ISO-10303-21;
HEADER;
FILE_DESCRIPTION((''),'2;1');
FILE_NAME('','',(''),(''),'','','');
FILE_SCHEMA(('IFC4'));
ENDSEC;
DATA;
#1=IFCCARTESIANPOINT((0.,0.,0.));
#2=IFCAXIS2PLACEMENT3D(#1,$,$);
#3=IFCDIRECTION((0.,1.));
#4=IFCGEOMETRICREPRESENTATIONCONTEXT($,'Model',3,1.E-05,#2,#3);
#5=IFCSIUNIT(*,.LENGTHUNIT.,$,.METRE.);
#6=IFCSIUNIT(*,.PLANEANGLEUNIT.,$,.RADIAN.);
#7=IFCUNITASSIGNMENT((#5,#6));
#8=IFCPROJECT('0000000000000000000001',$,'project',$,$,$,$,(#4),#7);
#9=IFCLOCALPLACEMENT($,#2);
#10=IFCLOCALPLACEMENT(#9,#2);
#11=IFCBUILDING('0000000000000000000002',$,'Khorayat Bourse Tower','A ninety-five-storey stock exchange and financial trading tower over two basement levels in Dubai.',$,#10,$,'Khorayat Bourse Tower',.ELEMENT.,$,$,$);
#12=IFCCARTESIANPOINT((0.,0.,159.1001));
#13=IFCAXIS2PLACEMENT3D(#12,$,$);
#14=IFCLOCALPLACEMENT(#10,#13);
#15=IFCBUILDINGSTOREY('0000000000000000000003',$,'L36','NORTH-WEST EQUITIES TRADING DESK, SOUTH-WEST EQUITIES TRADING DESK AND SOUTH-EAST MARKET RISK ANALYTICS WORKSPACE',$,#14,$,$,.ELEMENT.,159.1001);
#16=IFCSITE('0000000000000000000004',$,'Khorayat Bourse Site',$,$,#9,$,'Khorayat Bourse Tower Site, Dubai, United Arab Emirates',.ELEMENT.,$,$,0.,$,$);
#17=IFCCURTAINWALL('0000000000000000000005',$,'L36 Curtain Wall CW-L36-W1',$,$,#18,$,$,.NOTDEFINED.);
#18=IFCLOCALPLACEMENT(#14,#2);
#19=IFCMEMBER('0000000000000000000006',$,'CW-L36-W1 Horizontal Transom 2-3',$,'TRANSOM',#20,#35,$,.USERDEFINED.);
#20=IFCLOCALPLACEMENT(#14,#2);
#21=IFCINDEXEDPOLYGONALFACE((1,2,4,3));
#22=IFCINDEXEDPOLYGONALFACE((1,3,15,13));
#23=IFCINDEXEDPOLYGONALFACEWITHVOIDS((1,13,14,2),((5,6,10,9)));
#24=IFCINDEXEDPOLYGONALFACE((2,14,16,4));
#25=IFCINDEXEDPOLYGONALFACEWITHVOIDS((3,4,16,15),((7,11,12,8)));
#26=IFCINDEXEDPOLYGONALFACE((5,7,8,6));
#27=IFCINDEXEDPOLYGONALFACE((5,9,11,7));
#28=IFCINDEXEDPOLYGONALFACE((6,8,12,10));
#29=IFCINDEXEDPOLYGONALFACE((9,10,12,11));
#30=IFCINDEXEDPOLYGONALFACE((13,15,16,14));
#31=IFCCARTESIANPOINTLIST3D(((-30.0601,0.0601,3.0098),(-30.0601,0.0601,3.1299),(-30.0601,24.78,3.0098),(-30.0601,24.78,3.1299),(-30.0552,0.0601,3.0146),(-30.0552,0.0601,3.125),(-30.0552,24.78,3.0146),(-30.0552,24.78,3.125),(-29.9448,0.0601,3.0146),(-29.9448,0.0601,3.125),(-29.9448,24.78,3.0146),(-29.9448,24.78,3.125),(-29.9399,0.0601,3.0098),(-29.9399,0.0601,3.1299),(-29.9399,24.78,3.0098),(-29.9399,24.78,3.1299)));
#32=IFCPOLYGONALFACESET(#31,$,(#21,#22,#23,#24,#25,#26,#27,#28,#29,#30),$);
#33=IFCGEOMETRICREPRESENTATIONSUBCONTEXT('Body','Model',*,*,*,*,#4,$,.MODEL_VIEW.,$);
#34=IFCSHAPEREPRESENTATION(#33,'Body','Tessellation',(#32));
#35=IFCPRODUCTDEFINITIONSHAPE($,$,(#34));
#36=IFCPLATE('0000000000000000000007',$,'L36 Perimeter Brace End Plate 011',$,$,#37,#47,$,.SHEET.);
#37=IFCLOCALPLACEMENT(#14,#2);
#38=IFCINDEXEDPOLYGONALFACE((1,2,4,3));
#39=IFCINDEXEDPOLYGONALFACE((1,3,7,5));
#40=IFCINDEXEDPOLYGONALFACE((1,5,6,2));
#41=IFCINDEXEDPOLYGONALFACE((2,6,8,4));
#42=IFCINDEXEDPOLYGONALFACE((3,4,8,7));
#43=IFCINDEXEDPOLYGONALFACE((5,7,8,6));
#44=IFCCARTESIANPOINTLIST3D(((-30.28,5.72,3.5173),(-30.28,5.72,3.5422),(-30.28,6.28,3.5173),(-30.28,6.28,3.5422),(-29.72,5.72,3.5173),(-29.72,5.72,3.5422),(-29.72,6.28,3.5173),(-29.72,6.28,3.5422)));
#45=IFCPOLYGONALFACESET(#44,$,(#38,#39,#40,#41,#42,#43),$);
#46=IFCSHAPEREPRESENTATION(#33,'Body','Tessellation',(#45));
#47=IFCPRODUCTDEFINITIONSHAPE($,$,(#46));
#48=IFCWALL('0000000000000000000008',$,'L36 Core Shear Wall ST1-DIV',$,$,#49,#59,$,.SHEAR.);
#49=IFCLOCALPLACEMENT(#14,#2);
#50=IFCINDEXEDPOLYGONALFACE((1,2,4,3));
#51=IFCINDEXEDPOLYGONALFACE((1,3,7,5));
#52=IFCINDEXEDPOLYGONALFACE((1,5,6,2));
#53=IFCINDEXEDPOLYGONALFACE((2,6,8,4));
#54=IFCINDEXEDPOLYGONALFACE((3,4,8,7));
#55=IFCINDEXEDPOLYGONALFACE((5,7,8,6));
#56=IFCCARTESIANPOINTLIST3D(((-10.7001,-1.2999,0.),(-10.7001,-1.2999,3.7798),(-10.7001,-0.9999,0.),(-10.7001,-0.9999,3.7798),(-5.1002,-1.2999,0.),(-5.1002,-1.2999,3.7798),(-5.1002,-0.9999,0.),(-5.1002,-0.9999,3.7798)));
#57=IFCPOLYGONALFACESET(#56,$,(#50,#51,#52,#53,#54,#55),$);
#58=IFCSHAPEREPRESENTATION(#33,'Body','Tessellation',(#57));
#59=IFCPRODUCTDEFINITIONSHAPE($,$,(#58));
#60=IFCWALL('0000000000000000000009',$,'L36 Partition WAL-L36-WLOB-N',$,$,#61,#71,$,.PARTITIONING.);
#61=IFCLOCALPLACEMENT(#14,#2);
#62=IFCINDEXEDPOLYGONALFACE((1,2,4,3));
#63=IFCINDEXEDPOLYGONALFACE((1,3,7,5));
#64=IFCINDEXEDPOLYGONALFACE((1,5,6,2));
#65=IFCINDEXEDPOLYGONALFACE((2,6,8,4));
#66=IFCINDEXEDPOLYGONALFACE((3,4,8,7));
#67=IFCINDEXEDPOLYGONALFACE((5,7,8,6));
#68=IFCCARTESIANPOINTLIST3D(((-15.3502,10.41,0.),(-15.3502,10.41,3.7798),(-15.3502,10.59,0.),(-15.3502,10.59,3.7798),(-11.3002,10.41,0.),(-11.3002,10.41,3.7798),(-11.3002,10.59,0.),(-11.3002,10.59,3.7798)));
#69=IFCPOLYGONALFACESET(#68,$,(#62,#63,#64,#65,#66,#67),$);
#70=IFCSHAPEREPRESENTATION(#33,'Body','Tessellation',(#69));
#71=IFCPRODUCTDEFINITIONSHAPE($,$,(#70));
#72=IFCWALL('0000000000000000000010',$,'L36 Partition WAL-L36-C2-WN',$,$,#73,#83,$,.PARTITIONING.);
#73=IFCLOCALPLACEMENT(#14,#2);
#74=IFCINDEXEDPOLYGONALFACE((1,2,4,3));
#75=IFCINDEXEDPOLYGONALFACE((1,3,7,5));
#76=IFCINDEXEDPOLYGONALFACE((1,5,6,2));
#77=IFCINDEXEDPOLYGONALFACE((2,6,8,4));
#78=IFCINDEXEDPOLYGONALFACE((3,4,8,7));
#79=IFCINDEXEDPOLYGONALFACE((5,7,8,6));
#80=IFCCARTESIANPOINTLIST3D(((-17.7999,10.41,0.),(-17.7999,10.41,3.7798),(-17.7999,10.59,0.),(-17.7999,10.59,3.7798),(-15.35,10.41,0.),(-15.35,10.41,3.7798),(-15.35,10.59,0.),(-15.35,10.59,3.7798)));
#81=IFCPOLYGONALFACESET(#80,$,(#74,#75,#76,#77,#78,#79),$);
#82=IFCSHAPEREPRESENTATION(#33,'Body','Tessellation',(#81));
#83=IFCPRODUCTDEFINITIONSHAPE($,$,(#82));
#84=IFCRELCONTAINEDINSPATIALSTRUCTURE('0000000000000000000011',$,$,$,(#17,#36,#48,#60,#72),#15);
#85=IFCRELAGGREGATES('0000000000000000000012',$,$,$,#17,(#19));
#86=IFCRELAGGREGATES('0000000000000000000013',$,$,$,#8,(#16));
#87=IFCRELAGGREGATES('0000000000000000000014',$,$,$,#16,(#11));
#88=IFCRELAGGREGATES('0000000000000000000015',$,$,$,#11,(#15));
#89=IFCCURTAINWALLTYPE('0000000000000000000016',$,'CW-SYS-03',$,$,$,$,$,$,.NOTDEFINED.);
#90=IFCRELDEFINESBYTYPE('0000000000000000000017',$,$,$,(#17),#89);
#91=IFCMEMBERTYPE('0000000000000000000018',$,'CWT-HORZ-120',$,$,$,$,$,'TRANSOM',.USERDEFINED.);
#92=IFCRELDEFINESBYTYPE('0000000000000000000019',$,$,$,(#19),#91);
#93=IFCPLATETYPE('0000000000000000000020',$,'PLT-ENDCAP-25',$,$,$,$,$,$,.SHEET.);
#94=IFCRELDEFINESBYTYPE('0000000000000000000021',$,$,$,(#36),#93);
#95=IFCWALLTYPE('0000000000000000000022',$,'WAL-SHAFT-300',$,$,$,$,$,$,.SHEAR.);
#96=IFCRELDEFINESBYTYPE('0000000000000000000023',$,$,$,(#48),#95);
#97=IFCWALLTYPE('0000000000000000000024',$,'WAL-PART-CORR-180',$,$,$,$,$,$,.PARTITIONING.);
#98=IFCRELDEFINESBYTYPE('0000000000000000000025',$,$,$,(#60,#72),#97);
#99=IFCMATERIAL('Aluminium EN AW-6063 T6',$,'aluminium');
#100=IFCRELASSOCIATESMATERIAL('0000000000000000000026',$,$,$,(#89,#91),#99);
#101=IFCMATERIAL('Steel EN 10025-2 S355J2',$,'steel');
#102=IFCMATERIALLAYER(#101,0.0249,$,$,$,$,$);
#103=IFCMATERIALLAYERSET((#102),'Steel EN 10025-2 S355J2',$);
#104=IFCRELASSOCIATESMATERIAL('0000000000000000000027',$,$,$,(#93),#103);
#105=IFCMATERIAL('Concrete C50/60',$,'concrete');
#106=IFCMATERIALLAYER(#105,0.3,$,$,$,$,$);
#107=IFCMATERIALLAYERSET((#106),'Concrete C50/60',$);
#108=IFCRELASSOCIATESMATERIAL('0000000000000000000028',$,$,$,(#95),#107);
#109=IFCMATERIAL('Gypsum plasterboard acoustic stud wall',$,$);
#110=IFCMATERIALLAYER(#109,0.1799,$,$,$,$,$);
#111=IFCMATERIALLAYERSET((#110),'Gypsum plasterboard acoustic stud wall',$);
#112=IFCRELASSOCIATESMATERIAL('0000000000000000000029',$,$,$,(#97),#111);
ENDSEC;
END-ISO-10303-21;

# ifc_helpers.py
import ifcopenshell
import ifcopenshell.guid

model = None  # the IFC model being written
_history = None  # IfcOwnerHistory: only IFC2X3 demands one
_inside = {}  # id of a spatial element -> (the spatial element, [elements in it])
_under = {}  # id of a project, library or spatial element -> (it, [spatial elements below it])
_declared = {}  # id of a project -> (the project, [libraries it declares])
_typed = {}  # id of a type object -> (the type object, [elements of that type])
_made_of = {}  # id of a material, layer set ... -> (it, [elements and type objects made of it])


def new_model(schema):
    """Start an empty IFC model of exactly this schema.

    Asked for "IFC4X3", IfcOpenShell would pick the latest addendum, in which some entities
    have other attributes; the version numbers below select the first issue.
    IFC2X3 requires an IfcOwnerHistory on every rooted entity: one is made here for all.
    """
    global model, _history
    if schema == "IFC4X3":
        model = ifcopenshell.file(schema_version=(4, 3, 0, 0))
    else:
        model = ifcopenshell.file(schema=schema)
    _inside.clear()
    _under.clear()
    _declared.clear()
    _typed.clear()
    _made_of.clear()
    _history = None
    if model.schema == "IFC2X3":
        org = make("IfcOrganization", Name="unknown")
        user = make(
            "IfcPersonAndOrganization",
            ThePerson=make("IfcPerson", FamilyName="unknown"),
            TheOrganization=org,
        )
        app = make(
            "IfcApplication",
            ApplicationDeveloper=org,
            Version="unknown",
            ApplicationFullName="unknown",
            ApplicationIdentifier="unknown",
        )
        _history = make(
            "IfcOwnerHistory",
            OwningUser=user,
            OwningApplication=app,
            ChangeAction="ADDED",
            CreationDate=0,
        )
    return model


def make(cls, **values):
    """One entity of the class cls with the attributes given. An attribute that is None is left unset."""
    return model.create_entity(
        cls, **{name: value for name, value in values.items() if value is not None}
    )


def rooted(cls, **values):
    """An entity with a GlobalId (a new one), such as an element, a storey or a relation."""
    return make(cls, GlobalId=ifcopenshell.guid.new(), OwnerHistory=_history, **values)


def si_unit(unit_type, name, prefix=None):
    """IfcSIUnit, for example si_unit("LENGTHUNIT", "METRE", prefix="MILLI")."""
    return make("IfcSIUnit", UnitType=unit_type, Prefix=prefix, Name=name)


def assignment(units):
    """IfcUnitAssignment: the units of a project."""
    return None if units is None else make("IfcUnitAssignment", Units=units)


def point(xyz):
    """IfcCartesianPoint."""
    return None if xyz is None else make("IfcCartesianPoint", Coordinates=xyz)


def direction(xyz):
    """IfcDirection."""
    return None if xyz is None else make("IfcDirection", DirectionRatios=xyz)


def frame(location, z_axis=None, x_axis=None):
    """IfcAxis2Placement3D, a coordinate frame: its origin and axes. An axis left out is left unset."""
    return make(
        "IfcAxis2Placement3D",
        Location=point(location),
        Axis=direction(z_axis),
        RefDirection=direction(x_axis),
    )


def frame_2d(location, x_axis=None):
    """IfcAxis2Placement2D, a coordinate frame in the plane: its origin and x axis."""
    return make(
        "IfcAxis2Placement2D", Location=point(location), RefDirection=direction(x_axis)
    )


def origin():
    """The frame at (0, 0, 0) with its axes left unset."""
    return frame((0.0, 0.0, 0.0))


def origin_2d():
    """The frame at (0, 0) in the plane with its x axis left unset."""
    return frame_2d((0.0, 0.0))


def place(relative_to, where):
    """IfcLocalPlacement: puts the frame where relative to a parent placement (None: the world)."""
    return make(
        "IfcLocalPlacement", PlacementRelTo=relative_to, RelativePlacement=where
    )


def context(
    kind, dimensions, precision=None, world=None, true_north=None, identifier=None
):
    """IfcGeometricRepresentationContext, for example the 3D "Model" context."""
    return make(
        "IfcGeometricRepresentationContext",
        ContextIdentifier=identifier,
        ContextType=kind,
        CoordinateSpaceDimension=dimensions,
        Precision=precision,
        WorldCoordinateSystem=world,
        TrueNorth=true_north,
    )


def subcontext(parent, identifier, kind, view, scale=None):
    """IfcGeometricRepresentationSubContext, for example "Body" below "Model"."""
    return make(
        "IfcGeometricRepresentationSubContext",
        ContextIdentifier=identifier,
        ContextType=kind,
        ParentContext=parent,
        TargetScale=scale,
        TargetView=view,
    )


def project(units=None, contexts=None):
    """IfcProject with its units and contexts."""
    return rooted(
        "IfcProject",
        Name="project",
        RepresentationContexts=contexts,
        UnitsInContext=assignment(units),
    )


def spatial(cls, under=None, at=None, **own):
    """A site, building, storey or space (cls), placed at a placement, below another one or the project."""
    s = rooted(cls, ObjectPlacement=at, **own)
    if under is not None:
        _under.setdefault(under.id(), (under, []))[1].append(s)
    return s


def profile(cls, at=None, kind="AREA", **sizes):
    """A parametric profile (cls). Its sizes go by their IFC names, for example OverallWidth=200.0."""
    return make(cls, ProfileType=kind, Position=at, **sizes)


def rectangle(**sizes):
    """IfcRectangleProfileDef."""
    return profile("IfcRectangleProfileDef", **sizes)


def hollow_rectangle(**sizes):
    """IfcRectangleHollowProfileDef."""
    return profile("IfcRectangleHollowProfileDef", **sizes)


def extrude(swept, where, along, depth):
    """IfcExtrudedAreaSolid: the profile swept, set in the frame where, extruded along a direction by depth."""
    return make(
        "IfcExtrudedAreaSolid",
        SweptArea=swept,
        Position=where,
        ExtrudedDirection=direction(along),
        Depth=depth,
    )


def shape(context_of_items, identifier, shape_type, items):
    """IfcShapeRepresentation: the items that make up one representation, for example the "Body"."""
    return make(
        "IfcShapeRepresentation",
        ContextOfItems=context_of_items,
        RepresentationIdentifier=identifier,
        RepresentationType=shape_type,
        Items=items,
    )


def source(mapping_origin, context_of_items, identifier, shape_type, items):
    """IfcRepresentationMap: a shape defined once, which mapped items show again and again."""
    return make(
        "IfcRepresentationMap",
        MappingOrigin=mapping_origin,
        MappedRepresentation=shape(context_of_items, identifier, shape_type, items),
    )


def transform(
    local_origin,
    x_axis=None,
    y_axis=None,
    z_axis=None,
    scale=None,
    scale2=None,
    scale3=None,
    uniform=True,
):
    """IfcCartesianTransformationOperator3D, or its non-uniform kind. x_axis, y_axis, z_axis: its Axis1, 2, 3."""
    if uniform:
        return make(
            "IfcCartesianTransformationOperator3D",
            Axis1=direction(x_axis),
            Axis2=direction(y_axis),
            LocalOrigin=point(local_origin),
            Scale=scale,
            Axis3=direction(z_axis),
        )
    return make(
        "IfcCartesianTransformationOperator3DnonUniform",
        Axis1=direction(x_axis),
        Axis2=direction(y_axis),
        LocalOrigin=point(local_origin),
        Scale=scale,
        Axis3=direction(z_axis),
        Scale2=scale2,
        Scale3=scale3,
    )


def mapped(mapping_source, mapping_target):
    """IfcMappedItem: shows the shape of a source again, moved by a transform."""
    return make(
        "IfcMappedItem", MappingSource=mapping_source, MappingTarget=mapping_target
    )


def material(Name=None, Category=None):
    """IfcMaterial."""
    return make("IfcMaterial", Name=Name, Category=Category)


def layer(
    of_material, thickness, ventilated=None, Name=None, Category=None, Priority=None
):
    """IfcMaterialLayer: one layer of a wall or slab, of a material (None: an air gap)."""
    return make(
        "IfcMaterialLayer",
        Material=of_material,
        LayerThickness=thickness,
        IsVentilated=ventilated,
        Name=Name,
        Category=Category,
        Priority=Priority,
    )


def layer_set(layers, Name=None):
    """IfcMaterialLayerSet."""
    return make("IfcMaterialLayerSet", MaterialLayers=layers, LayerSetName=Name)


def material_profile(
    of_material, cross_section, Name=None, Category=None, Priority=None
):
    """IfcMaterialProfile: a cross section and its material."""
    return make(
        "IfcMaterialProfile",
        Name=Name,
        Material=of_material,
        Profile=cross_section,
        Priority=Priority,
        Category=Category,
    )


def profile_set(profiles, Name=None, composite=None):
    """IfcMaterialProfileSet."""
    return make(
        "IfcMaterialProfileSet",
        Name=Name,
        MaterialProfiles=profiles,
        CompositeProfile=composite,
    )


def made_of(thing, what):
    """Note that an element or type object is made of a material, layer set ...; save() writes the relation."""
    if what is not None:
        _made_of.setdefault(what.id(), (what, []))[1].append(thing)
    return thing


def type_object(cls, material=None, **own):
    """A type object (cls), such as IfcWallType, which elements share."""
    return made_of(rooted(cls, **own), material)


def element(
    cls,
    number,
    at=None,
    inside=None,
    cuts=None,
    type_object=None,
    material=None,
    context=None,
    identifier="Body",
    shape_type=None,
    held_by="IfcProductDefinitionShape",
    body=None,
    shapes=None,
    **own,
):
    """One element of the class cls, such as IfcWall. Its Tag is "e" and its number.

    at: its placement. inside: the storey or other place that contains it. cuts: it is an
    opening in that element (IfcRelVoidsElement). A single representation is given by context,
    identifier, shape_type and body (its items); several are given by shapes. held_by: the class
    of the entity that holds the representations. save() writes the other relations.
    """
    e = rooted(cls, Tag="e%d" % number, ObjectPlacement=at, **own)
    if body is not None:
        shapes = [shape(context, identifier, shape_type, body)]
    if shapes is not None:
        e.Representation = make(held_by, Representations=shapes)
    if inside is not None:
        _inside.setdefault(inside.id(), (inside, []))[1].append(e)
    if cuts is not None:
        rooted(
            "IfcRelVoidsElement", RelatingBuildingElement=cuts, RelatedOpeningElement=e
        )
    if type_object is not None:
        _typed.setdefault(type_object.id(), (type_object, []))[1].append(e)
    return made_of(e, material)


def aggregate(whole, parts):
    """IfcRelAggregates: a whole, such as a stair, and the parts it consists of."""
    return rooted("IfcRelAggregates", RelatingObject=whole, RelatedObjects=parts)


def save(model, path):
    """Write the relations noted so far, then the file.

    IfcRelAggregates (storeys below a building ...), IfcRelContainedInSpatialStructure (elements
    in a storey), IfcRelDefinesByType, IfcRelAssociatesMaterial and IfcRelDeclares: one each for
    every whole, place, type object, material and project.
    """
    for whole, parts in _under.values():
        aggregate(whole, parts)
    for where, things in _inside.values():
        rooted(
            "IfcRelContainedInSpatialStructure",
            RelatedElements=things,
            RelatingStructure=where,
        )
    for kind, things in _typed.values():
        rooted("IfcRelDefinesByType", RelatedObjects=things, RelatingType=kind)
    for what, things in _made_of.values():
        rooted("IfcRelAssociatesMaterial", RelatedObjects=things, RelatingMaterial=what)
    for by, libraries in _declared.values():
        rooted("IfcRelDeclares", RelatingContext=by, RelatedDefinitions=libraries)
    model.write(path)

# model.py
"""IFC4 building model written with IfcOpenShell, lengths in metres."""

from ifc_helpers import new_model, si_unit, direction, frame, frame_2d, origin, origin_2d, place, context, subcontext, project, spatial, rectangle, hollow_rectangle, extrude, source, transform, mapped, material, layer, layer_set, material_profile, profile_set, type_object, element, aggregate, save


model = new_model("IFC4")

# Units and contexts
model_context = context("Model", 3, precision=1e-05, world=origin(), true_north=direction((0.0, 1.0)))
body_context = subcontext(model_context, "Body", "Model", "MODEL_VIEW")
ifc_project = project(units=[si_unit("LENGTHUNIT", "METRE"), si_unit("PLANEANGLEUNIT", "RADIAN")], contexts=[model_context])

# Site, building, storey
site_placement = place(None, origin())
site = spatial("IfcSite", under=ifc_project, at=site_placement, Name="Khorayat Bourse Site", LongName="Khorayat Bourse Tower Site, Dubai, United Arab Emirates", CompositionType="ELEMENT", RefElevation=0.0)
building_placement = place(site_placement, origin())
building = spatial("IfcBuilding", under=site, at=building_placement, Name="Khorayat Bourse Tower", Description="A ninety-five-storey stock exchange and financial trading tower over two basement levels in Dubai.", LongName="Khorayat Bourse Tower", CompositionType="ELEMENT")
storey_placement = place(building_placement, frame((0.0, 0.0, 159.1001)))
storey = spatial("IfcBuildingStorey", under=building, at=storey_placement, Name="L36", Description="NORTH-WEST EQUITIES TRADING DESK, SOUTH-WEST EQUITIES TRADING DESK AND SOUTH-EAST MARKET RISK ANALYTICS WORKSPACE", CompositionType="ELEMENT", Elevation=159.1001)

# Curtain wall, member
ifc_material_1 = material(Name="Aluminium EN AW-6063 T6", Category="aluminium")
curtain_wall_type = type_object("IfcCurtainWallType", Name="CW-SYS-03", PredefinedType="NOTDEFINED", material=ifc_material_1)
curtain_wall_placement = place(storey_placement, origin())
curtain_wall = element("IfcCurtainWall", 1, at=curtain_wall_placement, inside=storey, type_object=curtain_wall_type, Name="L36 Curtain Wall CW-L36-W1", PredefinedType="NOTDEFINED")
ifc_material_profile_1 = material_profile(ifc_material_1, hollow_rectangle(XDim=0.1201, YDim=0.1201, WallThickness=0.0049, at=origin_2d()), Name="ALU 120x120x5")
ifc_profile_set_1 = profile_set([ifc_material_profile_1], Name="Aluminium EN AW-6063 T6")
member_type_1 = type_object("IfcMemberType", Name="CWT-HORZ-120", ElementType="TRANSOM", PredefinedType="USERDEFINED", material=ifc_profile_set_1)
shared_shape_1 = source(origin(), body_context, "Body", "SweptSolid", [
    extrude(hollow_rectangle(XDim=0.1201, YDim=0.1201, WallThickness=0.0049, at=origin_2d()), origin(), (0.0, 0.0, 1.0), 24.72),
])
member_1_placement = place(storey_placement, frame((-30.0, 0.0601, 3.0698), z_axis=(0.0, 1.0, 0.0), x_axis=(-1.0, 0.0, 0.0)))
member_1 = element("IfcMember", 2, at=member_1_placement, type_object=member_type_1, Name="CW-L36-W1 Horizontal Transom 2-3", ObjectType="TRANSOM", PredefinedType="USERDEFINED", context=body_context, shape_type="MappedRepresentation", body=[
    mapped(shared_shape_1, transform((0.0, 0.0, 0.0), scale=1.0)),
])
aggregate(curtain_wall, [member_1])

# Plate
ifc_material_2 = material(Name="Steel EN 10025-2 S355J2", Category="steel")
ifc_layer_1 = layer(ifc_material_2, 0.0249)
ifc_layer_set_1 = layer_set([ifc_layer_1], Name="Steel EN 10025-2 S355J2")
plate_type = type_object("IfcPlateType", Name="PLT-ENDCAP-25", PredefinedType="SHEET", material=ifc_layer_set_1)
shared_shape_2 = source(origin(), body_context, "Body", "SweptSolid", [
    extrude(rectangle(XDim=0.5601, YDim=0.5601, at=origin_2d()), origin(), (0.0, 0.0, 1.0), 0.0249),
])
plate_placement = place(storey_placement, frame((-30.0, 6.0, 3.5173), z_axis=(0.0, 0.0, 1.0), x_axis=(1.0, 0.0, 0.0)))
element("IfcPlate", 3, at=plate_placement, inside=storey, type_object=plate_type, Name="L36 Perimeter Brace End Plate 011", PredefinedType="SHEET", context=body_context, shape_type="MappedRepresentation", body=[
    mapped(shared_shape_2, transform((0.0, 0.0, 0.0), scale=1.0)),
])

# Walls
ifc_material_3 = material(Name="Concrete C50/60", Category="concrete")
ifc_layer_2 = layer(ifc_material_3, 0.3)
ifc_layer_set_2 = layer_set([ifc_layer_2], Name="Concrete C50/60")
wall_type_1 = type_object("IfcWallType", Name="WAL-SHAFT-300", PredefinedType="SHEAR", material=ifc_layer_set_2)
shared_shape_3 = source(origin(), body_context, "Body", "SweptSolid", [
    extrude(rectangle(XDim=5.5999, YDim=0.3, at=frame_2d((2.7998, 0.0))), origin(), (0.0, 0.0, 1.0), 3.7798),
])
wall_1_placement = place(storey_placement, frame((-10.7, -1.1499, 0.0), z_axis=(0.0, 0.0, 1.0), x_axis=(1.0, 0.0, 0.0)))
element("IfcWall", 4, at=wall_1_placement, inside=storey, type_object=wall_type_1, Name="L36 Core Shear Wall ST1-DIV", PredefinedType="SHEAR", context=body_context, shape_type="MappedRepresentation", body=[
    mapped(shared_shape_3, transform((0.0, 0.0, 0.0), scale=1.0)),
])
ifc_material_4 = material(Name="Gypsum plasterboard acoustic stud wall")
ifc_layer_3 = layer(ifc_material_4, 0.1799)
ifc_layer_set_3 = layer_set([ifc_layer_3], Name="Gypsum plasterboard acoustic stud wall")
wall_type_2 = type_object("IfcWallType", Name="WAL-PART-CORR-180", PredefinedType="PARTITIONING", material=ifc_layer_set_3)
shared_shape_4 = source(origin(), body_context, "Body", "SweptSolid", [
    extrude(rectangle(XDim=4.05, YDim=0.1799, at=frame_2d((2.0249, 0.0))), origin(), (0.0, 0.0, 1.0), 3.7798),
])
wall_2_placement = place(storey_placement, frame((-15.3501, 10.5, 0.0), z_axis=(0.0, 0.0, 1.0), x_axis=(1.0, 0.0, 0.0)))
element("IfcWall", 5, at=wall_2_placement, inside=storey, type_object=wall_type_2, Name="L36 Partition WAL-L36-WLOB-N", PredefinedType="PARTITIONING", context=body_context, shape_type="MappedRepresentation", body=[
    mapped(shared_shape_4, transform((0.0, 0.0, 0.0), scale=1.0)),
])
shared_shape_5 = source(origin(), body_context, "Body", "SweptSolid", [
    extrude(rectangle(XDim=2.45, YDim=0.1799, at=frame_2d((1.2251, 0.0))), origin(), (0.0, 0.0, 1.0), 3.7798),
])
wall_3_placement = place(storey_placement, frame((-17.8, 10.5, 0.0), z_axis=(0.0, 0.0, 1.0), x_axis=(1.0, 0.0, 0.0)))
element("IfcWall", 6, at=wall_3_placement, inside=storey, type_object=wall_type_2, Name="L36 Partition WAL-L36-C2-WN", PredefinedType="PARTITIONING", context=body_context, shape_type="MappedRepresentation", body=[
    mapped(shared_shape_5, transform((0.0, 0.0, 0.0), scale=1.0)),
])

save(model, "model.ifc")
